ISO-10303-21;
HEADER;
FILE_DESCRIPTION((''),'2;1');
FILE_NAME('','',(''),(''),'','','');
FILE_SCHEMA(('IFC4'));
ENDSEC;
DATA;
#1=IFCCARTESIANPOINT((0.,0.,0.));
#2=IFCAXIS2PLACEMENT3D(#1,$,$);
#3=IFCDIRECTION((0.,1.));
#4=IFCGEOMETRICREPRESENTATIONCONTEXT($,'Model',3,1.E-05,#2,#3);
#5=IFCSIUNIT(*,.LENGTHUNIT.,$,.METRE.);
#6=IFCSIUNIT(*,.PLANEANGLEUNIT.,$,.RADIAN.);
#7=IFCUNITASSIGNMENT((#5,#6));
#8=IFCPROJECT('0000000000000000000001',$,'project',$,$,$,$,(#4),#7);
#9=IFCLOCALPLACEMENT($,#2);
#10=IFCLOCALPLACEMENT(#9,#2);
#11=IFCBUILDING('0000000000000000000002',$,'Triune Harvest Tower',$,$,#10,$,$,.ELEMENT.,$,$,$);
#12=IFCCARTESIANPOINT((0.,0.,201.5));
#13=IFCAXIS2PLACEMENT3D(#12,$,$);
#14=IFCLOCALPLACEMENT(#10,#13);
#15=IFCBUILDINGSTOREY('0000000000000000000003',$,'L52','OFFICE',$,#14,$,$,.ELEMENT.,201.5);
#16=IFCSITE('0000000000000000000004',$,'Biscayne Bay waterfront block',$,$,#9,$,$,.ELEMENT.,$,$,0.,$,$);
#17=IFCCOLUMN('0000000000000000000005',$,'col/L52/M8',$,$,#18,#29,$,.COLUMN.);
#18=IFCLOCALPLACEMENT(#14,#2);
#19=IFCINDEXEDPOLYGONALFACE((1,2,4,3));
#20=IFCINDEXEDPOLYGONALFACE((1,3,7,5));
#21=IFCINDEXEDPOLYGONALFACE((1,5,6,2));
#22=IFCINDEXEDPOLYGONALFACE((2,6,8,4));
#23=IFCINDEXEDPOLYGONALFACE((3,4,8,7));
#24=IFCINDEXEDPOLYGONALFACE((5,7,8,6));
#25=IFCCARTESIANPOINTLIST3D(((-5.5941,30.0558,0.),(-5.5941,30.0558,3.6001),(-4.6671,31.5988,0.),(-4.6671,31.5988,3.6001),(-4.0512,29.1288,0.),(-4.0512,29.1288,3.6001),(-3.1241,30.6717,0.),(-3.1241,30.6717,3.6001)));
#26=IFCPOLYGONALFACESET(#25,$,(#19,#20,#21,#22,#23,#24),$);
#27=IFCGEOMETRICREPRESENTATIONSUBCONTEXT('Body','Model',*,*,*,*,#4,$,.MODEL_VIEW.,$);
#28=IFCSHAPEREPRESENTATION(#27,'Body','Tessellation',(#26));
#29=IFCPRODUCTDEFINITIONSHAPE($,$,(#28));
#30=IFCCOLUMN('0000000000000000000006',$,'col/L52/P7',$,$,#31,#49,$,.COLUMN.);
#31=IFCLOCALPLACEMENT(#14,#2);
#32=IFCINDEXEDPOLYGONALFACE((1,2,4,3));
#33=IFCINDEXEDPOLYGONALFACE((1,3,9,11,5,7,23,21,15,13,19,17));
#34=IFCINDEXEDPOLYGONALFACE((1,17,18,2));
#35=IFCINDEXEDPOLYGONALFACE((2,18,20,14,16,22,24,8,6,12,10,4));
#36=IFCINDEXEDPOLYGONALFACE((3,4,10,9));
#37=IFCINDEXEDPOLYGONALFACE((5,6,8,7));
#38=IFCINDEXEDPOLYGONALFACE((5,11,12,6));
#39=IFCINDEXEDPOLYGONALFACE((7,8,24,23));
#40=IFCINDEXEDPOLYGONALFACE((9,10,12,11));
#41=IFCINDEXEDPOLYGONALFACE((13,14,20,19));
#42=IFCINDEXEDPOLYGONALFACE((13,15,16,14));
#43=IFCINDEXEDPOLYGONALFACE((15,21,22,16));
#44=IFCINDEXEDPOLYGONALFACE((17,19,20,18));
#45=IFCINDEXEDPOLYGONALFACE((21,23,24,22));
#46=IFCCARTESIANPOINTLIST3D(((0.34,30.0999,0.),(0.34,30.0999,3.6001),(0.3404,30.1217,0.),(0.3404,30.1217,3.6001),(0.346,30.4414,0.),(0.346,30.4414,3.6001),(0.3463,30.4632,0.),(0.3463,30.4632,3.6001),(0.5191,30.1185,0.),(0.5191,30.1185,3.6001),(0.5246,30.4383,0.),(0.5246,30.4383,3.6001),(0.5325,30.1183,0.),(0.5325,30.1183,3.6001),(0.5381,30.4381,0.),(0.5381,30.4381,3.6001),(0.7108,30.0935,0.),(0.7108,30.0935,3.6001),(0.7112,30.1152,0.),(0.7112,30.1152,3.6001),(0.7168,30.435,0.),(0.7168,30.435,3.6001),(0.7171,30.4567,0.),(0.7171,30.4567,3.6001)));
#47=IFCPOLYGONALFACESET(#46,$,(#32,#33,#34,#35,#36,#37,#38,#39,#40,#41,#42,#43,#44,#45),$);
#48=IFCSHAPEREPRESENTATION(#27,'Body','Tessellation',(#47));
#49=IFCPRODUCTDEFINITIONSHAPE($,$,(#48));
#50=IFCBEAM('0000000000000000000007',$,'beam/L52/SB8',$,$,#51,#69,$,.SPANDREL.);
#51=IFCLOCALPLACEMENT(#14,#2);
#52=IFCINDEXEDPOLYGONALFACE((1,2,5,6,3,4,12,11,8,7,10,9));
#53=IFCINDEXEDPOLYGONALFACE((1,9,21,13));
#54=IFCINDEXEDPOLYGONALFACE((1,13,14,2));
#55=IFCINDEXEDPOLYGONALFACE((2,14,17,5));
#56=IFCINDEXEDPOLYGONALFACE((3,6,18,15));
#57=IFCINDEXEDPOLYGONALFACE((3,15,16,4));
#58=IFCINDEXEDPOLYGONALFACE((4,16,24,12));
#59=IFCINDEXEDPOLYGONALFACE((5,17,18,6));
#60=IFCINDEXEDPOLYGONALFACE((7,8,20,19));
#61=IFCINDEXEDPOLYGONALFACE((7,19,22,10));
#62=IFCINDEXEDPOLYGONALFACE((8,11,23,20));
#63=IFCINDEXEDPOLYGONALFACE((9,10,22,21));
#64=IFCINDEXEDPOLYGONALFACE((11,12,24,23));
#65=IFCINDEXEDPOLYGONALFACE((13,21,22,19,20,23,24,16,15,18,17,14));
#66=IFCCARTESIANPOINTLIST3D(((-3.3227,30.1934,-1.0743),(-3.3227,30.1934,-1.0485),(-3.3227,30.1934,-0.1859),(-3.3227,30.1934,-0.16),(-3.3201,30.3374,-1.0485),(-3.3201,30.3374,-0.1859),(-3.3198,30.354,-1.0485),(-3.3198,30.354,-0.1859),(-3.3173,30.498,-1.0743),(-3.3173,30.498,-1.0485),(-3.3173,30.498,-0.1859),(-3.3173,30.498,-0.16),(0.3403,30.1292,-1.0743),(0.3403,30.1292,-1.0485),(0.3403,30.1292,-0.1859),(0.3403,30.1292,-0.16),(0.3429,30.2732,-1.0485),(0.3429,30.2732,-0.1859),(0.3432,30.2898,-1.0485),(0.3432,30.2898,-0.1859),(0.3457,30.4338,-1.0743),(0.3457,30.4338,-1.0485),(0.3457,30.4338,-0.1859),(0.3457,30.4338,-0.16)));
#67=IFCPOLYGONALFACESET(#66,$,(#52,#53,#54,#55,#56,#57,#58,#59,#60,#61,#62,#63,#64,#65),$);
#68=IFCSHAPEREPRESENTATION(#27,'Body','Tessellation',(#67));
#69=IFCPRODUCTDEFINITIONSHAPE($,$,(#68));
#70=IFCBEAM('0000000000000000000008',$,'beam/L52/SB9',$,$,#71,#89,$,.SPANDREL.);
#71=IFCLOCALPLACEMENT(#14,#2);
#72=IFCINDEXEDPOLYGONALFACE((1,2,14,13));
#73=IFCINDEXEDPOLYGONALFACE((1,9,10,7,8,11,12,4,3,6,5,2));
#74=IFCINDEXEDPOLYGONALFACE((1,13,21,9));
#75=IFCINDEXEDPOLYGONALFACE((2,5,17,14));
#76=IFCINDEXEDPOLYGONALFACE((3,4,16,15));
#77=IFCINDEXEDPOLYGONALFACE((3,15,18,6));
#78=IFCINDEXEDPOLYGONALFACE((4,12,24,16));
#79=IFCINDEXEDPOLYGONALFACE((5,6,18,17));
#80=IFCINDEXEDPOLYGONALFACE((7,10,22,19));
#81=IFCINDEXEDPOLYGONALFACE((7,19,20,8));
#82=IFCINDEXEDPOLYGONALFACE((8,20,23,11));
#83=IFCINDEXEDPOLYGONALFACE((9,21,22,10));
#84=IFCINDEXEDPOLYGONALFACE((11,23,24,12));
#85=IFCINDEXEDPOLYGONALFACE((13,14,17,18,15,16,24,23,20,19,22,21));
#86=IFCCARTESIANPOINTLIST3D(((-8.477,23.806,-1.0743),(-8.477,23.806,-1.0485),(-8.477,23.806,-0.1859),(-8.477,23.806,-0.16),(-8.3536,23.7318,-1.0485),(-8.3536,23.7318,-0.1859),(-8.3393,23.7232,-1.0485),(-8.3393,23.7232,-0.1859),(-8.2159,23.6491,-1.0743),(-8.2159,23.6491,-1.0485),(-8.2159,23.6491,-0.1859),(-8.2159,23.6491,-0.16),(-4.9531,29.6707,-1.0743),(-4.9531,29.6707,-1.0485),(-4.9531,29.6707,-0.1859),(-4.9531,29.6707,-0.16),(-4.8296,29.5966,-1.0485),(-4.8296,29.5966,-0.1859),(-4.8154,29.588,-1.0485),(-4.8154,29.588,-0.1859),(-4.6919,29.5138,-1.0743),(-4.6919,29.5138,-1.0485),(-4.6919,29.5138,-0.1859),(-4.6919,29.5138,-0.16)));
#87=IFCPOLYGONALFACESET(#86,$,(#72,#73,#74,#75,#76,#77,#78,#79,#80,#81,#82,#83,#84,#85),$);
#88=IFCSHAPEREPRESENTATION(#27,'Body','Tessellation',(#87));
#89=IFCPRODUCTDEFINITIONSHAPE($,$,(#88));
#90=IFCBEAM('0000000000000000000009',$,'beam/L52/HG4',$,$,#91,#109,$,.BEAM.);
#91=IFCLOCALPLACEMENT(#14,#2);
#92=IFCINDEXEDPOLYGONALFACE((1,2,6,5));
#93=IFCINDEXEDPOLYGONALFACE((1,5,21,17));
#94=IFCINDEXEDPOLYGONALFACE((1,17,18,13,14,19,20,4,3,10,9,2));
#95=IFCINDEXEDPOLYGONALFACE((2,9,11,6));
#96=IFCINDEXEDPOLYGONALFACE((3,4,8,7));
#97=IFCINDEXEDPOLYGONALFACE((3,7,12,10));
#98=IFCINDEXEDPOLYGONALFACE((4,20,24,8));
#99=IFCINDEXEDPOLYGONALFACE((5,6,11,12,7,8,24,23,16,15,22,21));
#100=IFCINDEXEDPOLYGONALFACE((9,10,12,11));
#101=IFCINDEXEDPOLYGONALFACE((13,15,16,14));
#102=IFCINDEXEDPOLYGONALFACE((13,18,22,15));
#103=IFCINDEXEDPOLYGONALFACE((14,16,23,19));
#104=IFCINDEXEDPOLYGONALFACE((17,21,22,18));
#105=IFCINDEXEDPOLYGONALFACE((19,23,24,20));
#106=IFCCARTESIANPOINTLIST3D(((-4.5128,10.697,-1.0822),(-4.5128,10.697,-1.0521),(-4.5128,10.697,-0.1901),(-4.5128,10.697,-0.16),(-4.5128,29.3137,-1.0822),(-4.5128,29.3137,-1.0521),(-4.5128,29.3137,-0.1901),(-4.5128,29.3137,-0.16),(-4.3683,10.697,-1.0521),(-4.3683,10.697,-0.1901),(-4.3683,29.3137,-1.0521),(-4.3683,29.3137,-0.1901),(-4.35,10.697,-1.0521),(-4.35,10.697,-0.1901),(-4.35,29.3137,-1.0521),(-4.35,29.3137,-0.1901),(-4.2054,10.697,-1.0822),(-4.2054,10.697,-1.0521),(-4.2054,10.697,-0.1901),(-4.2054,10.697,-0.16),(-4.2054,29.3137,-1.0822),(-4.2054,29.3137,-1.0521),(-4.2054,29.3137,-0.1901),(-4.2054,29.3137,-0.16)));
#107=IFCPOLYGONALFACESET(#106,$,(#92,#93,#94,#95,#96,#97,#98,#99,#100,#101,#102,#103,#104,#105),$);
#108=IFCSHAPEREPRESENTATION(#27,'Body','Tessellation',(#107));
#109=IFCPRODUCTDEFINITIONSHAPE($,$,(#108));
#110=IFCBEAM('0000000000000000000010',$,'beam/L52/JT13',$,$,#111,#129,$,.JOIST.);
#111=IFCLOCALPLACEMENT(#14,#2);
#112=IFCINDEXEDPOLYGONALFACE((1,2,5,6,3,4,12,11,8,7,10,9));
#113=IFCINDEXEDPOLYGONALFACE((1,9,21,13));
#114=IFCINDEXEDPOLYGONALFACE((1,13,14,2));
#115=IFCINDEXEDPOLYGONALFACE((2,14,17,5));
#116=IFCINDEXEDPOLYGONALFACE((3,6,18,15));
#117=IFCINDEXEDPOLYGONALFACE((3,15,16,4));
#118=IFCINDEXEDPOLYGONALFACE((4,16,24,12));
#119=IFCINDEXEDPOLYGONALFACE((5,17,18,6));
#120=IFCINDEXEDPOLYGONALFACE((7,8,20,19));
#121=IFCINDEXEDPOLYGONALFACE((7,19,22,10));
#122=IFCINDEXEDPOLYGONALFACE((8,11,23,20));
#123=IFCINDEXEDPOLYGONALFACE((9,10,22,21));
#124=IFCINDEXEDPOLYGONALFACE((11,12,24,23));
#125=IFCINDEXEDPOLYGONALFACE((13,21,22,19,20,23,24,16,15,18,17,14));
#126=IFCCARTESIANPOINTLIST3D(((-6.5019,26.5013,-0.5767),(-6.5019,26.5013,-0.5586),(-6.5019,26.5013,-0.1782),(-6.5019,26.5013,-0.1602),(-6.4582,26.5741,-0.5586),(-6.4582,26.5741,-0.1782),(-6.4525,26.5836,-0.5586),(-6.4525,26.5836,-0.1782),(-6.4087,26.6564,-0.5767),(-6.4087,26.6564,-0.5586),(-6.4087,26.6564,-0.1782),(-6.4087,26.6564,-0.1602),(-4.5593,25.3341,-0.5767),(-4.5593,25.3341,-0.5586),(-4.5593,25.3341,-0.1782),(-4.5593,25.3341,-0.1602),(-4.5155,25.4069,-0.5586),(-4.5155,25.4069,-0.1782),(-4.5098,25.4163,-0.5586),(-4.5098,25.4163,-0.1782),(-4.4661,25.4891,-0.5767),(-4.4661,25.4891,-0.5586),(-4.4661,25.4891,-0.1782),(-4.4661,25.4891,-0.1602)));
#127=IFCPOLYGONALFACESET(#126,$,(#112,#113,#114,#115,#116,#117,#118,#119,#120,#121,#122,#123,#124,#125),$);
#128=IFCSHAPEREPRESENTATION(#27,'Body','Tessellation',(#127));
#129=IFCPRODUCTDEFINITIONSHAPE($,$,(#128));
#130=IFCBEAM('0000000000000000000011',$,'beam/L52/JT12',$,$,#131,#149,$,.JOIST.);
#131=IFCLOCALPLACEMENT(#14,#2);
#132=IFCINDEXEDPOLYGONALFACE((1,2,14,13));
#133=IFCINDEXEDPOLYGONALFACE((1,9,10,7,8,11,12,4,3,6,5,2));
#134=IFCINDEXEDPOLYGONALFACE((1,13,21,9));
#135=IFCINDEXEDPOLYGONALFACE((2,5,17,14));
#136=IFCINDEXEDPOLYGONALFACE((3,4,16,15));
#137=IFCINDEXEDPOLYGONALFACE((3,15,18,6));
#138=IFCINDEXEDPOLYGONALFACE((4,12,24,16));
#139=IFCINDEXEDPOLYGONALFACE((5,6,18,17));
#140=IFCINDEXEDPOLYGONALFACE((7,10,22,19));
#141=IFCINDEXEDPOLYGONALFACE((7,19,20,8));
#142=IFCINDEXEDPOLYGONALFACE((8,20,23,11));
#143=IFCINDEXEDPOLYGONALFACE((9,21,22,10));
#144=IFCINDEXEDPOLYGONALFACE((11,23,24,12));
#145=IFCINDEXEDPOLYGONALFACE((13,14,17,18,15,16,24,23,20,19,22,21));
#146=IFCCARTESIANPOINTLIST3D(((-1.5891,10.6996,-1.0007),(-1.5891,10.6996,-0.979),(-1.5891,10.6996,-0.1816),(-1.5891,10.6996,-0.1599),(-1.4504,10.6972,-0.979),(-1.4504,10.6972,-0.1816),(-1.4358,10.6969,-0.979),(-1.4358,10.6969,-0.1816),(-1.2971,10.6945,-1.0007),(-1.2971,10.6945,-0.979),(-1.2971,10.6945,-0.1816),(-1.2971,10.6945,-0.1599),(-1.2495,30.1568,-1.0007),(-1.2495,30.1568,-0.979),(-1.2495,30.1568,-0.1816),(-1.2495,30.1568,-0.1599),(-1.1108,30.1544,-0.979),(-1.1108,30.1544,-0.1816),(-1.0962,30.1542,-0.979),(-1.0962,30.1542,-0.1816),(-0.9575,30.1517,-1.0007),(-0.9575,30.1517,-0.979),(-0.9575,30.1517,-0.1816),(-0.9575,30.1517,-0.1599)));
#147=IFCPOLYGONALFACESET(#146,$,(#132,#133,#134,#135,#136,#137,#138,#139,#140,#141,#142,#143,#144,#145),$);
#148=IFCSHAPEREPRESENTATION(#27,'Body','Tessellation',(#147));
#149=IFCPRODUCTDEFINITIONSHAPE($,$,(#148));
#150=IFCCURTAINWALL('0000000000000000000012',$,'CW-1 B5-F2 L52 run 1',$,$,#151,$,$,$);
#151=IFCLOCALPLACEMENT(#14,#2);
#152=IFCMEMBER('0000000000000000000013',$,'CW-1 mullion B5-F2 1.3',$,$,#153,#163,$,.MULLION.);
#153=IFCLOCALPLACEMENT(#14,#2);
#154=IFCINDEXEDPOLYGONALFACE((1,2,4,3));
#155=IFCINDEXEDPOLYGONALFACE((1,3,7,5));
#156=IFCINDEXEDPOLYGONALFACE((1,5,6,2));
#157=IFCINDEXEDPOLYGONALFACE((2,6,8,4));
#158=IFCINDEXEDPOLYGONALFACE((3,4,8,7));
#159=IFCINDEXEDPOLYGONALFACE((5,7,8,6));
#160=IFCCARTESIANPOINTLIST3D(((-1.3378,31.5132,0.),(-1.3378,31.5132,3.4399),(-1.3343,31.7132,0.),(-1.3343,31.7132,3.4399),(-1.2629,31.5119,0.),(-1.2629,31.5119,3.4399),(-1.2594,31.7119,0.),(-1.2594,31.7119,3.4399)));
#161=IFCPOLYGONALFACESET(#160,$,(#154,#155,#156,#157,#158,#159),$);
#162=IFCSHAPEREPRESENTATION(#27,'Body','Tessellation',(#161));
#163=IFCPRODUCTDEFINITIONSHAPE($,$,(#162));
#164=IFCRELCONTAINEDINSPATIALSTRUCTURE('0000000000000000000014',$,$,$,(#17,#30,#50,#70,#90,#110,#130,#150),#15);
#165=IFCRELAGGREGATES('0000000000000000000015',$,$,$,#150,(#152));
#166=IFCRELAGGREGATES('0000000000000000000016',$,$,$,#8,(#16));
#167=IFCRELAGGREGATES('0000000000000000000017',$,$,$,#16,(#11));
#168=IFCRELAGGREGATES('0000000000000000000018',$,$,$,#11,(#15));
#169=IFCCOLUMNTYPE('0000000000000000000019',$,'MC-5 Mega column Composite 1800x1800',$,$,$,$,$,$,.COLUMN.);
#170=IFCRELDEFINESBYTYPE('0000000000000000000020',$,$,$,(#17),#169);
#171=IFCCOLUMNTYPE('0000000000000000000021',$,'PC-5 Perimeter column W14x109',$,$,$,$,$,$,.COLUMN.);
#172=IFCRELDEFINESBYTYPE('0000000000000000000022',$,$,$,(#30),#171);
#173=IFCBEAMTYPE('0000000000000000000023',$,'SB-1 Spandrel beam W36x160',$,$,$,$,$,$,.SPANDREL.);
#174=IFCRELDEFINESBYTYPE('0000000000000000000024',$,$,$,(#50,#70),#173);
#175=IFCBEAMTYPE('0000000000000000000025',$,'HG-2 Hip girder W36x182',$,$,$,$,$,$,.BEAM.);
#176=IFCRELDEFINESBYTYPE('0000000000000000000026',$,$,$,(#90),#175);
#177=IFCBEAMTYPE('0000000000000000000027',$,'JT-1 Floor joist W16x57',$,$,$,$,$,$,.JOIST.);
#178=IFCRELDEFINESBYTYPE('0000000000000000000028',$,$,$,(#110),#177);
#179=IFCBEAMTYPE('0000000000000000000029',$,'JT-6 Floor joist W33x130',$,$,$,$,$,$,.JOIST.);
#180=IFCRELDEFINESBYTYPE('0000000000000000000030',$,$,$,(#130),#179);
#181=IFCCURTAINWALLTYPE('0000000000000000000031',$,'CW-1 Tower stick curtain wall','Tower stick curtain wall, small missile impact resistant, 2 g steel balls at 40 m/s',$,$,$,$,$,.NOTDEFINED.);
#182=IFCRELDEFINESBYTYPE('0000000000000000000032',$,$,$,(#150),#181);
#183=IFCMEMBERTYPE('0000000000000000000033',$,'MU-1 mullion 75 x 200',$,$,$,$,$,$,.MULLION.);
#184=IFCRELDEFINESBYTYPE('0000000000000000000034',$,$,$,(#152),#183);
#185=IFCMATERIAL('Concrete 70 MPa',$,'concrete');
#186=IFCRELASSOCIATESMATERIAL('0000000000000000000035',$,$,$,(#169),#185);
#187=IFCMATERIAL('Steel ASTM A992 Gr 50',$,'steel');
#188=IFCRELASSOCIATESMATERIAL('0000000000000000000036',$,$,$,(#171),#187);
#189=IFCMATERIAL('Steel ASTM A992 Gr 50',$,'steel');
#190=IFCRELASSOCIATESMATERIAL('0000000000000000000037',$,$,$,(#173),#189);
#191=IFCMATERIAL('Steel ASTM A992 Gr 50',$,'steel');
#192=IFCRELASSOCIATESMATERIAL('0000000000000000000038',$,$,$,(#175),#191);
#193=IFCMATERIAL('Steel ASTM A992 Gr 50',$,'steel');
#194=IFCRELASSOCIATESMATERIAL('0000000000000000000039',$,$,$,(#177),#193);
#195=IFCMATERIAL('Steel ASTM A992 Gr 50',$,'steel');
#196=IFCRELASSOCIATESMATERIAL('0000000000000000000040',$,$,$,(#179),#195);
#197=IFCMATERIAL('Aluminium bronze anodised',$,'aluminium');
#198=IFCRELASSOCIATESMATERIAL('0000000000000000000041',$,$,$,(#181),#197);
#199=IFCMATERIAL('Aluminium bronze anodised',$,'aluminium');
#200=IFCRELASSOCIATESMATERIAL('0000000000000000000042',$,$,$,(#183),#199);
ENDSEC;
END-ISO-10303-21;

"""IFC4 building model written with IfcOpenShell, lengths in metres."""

from ifc_helpers import new_model, si_unit, direction, frame, origin, origin_2d, place, context, subcontext, project, spatial, rectangle, i_section, extrude, source, transform, mapped, material, material_profile, profile_set, type_object, element, aggregate, save


model = new_model("IFC4")

# Units and contexts
model_context = context("Model", 3, precision=1e-05, world=origin(), true_north=direction((0.0, 1.0)))
body_context = subcontext(model_context, "Body", "Model", "MODEL_VIEW")
ifc_project = project(units=[si_unit("LENGTHUNIT", "METRE"), si_unit("PLANEANGLEUNIT", "RADIAN")], contexts=[model_context])

# Site, building, storey
site_placement = place(None, origin())
site = spatial("IfcSite", under=ifc_project, at=site_placement, Name="Biscayne Bay waterfront block", CompositionType="ELEMENT", RefElevation=0.0)
building_placement = place(site_placement, origin())
building = spatial("IfcBuilding", under=site, at=building_placement, Name="Triune Harvest Tower", CompositionType="ELEMENT")
storey_placement = place(building_placement, frame((0.0, 0.0, 201.5)))
storey = spatial("IfcBuildingStorey", under=building, at=storey_placement, Name="L52", Description="OFFICE", CompositionType="ELEMENT", Elevation=201.5)

# Columns
ifc_material_1 = material(Name="Concrete 70 MPa", Category="concrete")
ifc_material_profile_1 = material_profile(ifc_material_1, rectangle(XDim=1.8, YDim=1.8, at=origin_2d()), Name="Composite 1800x1800")
ifc_profile_set_1 = profile_set([ifc_material_profile_1], Name="Concrete 70 MPa")
column_type_1 = type_object("IfcColumnType", Name="MC-5 Mega column Composite 1800x1800", PredefinedType="COLUMN", material=ifc_profile_set_1)
shared_shape_1 = source(origin(), body_context, "Body", "SweptSolid", [
    extrude(rectangle(XDim=1.8, YDim=1.8, at=origin_2d()), origin(), (0.0, 0.0, 1.0), 3.6001),
])
column_1_placement = place(storey_placement, frame((-4.3591, 30.3638, 0.0), z_axis=(0.0, 0.0, 1.0), x_axis=(-0.515037, -0.857168, 0.0)))
element("IfcColumn", 1, at=column_1_placement, inside=storey, type_object=column_type_1, Name="col/L52/M8", PredefinedType="COLUMN", context=body_context, shape_type="MappedRepresentation", body=[
    mapped(shared_shape_1, transform((0.0, 0.0, 0.0), scale=1.0)),
])
ifc_material_2 = material(Name="Steel ASTM A992 Gr 50", Category="steel")
ifc_material_profile_2 = material_profile(ifc_material_2, i_section(OverallWidth=0.3708, OverallDepth=0.3633, WebThickness=0.0134, FlangeThickness=0.0217, at=origin_2d()), Name="W14x109")
ifc_profile_set_2 = profile_set([ifc_material_profile_2], Name="Steel ASTM A992 Gr 50")
column_type_2 = type_object("IfcColumnType", Name="PC-5 Perimeter column W14x109", PredefinedType="COLUMN", material=ifc_profile_set_2)
shared_shape_2 = source(origin(), body_context, "Body", "SweptSolid", [
    extrude(i_section(OverallWidth=0.3708, OverallDepth=0.3633, WebThickness=0.0134, FlangeThickness=0.0217, at=origin_2d()), origin(), (0.0, 0.0, 1.0), 3.6001),
])
column_2_placement = place(storey_placement, frame((0.5286, 30.2783, 0.0), z_axis=(0.0, 0.0, 1.0), x_axis=(-0.999848, 0.017451, 0.0)))
element("IfcColumn", 2, at=column_2_placement, inside=storey, type_object=column_type_2, Name="col/L52/P7", PredefinedType="COLUMN", context=body_context, shape_type="MappedRepresentation", body=[
    mapped(shared_shape_2, transform((0.0, 0.0, 0.0), scale=1.0)),
])

# Beams
ifc_material_3 = material(Name="Steel ASTM A992 Gr 50", Category="steel")
ifc_material_profile_3 = material_profile(ifc_material_3, i_section(OverallWidth=0.3047, OverallDepth=0.9143, WebThickness=0.0166, FlangeThickness=0.0259, at=origin_2d()), Name="W36x160")
ifc_profile_set_3 = profile_set([ifc_material_profile_3], Name="Steel ASTM A992 Gr 50")
beam_type_1 = type_object("IfcBeamType", Name="SB-1 Spandrel beam W36x160", PredefinedType="SPANDREL", material=ifc_profile_set_3)
shared_shape_3 = source(origin(), body_context, "Body", "SweptSolid", [
    extrude(i_section(OverallWidth=0.3047, OverallDepth=0.9143, WebThickness=0.0166, FlangeThickness=0.0259, at=origin_2d()), origin(), (0.0, 0.0, 1.0), 3.6636),
])
beam_1_placement = place(storey_placement, frame((0.343, 30.2815, -0.6172), z_axis=(-0.999846, 0.017526, 0.0), x_axis=(-0.017526, -0.999846, 0.0)))
element("IfcBeam", 3, at=beam_1_placement, inside=storey, type_object=beam_type_1, Name="beam/L52/SB8", PredefinedType="SPANDREL", context=body_context, shape_type="MappedRepresentation", body=[
    mapped(shared_shape_3, transform((0.0, 0.0, 0.0), scale=1.0)),
])
shared_shape_4 = source(origin(), body_context, "Body", "SweptSolid", [
    extrude(i_section(OverallWidth=0.3047, OverallDepth=0.9143, WebThickness=0.0166, FlangeThickness=0.0259, at=origin_2d()), origin(), (0.0, 0.0, 1.0), 6.842),
])
beam_2_placement = place(storey_placement, frame((-4.8225, 29.5923, -0.6172), z_axis=(-0.515041, -0.857165, 0.0), x_axis=(0.857165, -0.515041, 0.0)))
element("IfcBeam", 4, at=beam_2_placement, inside=storey, type_object=beam_type_1, Name="beam/L52/SB9", PredefinedType="SPANDREL", context=body_context, shape_type="MappedRepresentation", body=[
    mapped(shared_shape_4, transform((0.0, 0.0, 0.0), scale=1.0)),
])
ifc_material_4 = material(Name="Steel ASTM A992 Gr 50", Category="steel")
ifc_material_profile_4 = material_profile(ifc_material_4, i_section(OverallWidth=0.3074, OverallDepth=0.9221, WebThickness=0.0183, FlangeThickness=0.03, at=origin_2d()), Name="W36x182")
ifc_profile_set_4 = profile_set([ifc_material_profile_4], Name="Steel ASTM A992 Gr 50")
beam_type_2 = type_object("IfcBeamType", Name="HG-2 Hip girder W36x182", PredefinedType="BEAM", material=ifc_profile_set_4)
shared_shape_5 = source(origin(), body_context, "Body", "SweptSolid", [
    extrude(i_section(OverallWidth=0.3074, OverallDepth=0.9221, WebThickness=0.0183, FlangeThickness=0.03, at=origin_2d()), origin(), (0.0, 0.0, 1.0), 18.6167),
])
beam_3_placement = place(storey_placement, frame((-4.3591, 29.3137, -0.6211), z_axis=(0.0, -1.0, 0.0), x_axis=(1.0, 0.0, 0.0)))
element("IfcBeam", 5, at=beam_3_placement, inside=storey, type_object=beam_type_2, Name="beam/L52/HG4", PredefinedType="BEAM", context=body_context, shape_type="MappedRepresentation", body=[
    mapped(shared_shape_5, transform((0.0, 0.0, 0.0), scale=1.0)),
])
ifc_material_5 = material(Name="Steel ASTM A992 Gr 50", Category="steel")
ifc_material_profile_5 = material_profile(ifc_material_5, i_section(OverallWidth=0.1809, OverallDepth=0.4165, WebThickness=0.011, FlangeThickness=0.0181, at=origin_2d()), Name="W16x57")
ifc_profile_set_5 = profile_set([ifc_material_profile_5], Name="Steel ASTM A992 Gr 50")
beam_type_3 = type_object("IfcBeamType", Name="JT-1 Floor joist W16x57", PredefinedType="JOIST", material=ifc_profile_set_5)
shared_shape_6 = source(origin(), body_context, "Body", "SweptSolid", [
    extrude(i_section(OverallWidth=0.1809, OverallDepth=0.4165, WebThickness=0.011, FlangeThickness=0.0181, at=origin_2d()), origin(), (0.0, 0.0, 1.0), 2.2664),
])
beam_4_placement = place(storey_placement, frame((-6.4553, 26.5789, -0.3684), z_axis=(0.85717, -0.515034, 0.0), x_axis=(0.515034, 0.85717, 0.0)))
element("IfcBeam", 6, at=beam_4_placement, inside=storey, type_object=beam_type_3, Name="beam/L52/JT13", PredefinedType="JOIST", context=body_context, shape_type="MappedRepresentation", body=[
    mapped(shared_shape_6, transform((0.0, 0.0, 0.0), scale=1.0)),
])
ifc_material_6 = material(Name="Steel ASTM A992 Gr 50", Category="steel")
ifc_material_profile_6 = material_profile(ifc_material_6, i_section(OverallWidth=0.292, OverallDepth=0.8408, WebThickness=0.0146, FlangeThickness=0.0217, at=origin_2d()), Name="W33x130")
ifc_profile_set_6 = profile_set([ifc_material_profile_6], Name="Steel ASTM A992 Gr 50")
beam_type_4 = type_object("IfcBeamType", Name="JT-6 Floor joist W33x130", PredefinedType="JOIST", material=ifc_profile_set_6)
shared_shape_7 = source(origin(), body_context, "Body", "SweptSolid", [
    extrude(i_section(OverallWidth=0.292, OverallDepth=0.8408, WebThickness=0.0146, FlangeThickness=0.0217, at=origin_2d()), origin(), (0.0, 0.0, 1.0), 19.4602),
])
beam_5_placement = place(storey_placement, frame((-1.1035, 30.1543, -0.5803), z_axis=(-0.017451, -0.999848, 0.0), x_axis=(0.999848, -0.017451, 0.0)))
element("IfcBeam", 7, at=beam_5_placement, inside=storey, type_object=beam_type_4, Name="beam/L52/JT12", PredefinedType="JOIST", context=body_context, shape_type="MappedRepresentation", body=[
    mapped(shared_shape_7, transform((0.0, 0.0, 0.0), scale=1.0)),
])

# Curtain wall, member
ifc_material_7 = material(Name="Aluminium bronze anodised", Category="aluminium")
curtain_wall_type_1 = type_object("IfcCurtainWallType", Name="CW-1 Tower stick curtain wall", Description="Tower stick curtain wall, small missile impact resistant, 2 g steel balls at 40 m/s", PredefinedType="NOTDEFINED", material=ifc_material_7)
curtain_wall_1_placement = place(storey_placement, origin())
curtain_wall_1 = element("IfcCurtainWall", 8, at=curtain_wall_1_placement, inside=storey, type_object=curtain_wall_type_1, Name="CW-1 B5-F2 L52 run 1")
ifc_material_8 = material(Name="Aluminium bronze anodised", Category="aluminium")
ifc_material_profile_7 = material_profile(ifc_material_8, rectangle(XDim=0.2, YDim=0.075, at=origin_2d()), Name="MU-1 mullion 75 x 200")
ifc_profile_set_7 = profile_set([ifc_material_profile_7], Name="Aluminium bronze anodised")
member_type_1 = type_object("IfcMemberType", Name="MU-1 mullion 75 x 200", PredefinedType="MULLION", material=ifc_profile_set_7)
shared_shape_8 = source(origin(), body_context, "Body", "SweptSolid", [
    extrude(rectangle(XDim=0.2, YDim=0.075, at=origin_2d()), origin(), (0.0, 0.0, 1.0), 3.4399),
])
member_1_placement = place(storey_placement, frame((-1.2986, 31.6125, 0.0), z_axis=(0.0, 0.0, 1.0), x_axis=(-0.017446, -0.999848, 0.0)))
member_1 = element("IfcMember", 9, at=member_1_placement, type_object=member_type_1, Name="CW-1 mullion B5-F2 1.3", PredefinedType="MULLION", context=body_context, shape_type="MappedRepresentation", body=[
    mapped(shared_shape_8, transform((0.0, 0.0, 0.0), scale=1.0)),
])

aggregate(curtain_wall_1, [member_1])

save(model, "model.ifc")
